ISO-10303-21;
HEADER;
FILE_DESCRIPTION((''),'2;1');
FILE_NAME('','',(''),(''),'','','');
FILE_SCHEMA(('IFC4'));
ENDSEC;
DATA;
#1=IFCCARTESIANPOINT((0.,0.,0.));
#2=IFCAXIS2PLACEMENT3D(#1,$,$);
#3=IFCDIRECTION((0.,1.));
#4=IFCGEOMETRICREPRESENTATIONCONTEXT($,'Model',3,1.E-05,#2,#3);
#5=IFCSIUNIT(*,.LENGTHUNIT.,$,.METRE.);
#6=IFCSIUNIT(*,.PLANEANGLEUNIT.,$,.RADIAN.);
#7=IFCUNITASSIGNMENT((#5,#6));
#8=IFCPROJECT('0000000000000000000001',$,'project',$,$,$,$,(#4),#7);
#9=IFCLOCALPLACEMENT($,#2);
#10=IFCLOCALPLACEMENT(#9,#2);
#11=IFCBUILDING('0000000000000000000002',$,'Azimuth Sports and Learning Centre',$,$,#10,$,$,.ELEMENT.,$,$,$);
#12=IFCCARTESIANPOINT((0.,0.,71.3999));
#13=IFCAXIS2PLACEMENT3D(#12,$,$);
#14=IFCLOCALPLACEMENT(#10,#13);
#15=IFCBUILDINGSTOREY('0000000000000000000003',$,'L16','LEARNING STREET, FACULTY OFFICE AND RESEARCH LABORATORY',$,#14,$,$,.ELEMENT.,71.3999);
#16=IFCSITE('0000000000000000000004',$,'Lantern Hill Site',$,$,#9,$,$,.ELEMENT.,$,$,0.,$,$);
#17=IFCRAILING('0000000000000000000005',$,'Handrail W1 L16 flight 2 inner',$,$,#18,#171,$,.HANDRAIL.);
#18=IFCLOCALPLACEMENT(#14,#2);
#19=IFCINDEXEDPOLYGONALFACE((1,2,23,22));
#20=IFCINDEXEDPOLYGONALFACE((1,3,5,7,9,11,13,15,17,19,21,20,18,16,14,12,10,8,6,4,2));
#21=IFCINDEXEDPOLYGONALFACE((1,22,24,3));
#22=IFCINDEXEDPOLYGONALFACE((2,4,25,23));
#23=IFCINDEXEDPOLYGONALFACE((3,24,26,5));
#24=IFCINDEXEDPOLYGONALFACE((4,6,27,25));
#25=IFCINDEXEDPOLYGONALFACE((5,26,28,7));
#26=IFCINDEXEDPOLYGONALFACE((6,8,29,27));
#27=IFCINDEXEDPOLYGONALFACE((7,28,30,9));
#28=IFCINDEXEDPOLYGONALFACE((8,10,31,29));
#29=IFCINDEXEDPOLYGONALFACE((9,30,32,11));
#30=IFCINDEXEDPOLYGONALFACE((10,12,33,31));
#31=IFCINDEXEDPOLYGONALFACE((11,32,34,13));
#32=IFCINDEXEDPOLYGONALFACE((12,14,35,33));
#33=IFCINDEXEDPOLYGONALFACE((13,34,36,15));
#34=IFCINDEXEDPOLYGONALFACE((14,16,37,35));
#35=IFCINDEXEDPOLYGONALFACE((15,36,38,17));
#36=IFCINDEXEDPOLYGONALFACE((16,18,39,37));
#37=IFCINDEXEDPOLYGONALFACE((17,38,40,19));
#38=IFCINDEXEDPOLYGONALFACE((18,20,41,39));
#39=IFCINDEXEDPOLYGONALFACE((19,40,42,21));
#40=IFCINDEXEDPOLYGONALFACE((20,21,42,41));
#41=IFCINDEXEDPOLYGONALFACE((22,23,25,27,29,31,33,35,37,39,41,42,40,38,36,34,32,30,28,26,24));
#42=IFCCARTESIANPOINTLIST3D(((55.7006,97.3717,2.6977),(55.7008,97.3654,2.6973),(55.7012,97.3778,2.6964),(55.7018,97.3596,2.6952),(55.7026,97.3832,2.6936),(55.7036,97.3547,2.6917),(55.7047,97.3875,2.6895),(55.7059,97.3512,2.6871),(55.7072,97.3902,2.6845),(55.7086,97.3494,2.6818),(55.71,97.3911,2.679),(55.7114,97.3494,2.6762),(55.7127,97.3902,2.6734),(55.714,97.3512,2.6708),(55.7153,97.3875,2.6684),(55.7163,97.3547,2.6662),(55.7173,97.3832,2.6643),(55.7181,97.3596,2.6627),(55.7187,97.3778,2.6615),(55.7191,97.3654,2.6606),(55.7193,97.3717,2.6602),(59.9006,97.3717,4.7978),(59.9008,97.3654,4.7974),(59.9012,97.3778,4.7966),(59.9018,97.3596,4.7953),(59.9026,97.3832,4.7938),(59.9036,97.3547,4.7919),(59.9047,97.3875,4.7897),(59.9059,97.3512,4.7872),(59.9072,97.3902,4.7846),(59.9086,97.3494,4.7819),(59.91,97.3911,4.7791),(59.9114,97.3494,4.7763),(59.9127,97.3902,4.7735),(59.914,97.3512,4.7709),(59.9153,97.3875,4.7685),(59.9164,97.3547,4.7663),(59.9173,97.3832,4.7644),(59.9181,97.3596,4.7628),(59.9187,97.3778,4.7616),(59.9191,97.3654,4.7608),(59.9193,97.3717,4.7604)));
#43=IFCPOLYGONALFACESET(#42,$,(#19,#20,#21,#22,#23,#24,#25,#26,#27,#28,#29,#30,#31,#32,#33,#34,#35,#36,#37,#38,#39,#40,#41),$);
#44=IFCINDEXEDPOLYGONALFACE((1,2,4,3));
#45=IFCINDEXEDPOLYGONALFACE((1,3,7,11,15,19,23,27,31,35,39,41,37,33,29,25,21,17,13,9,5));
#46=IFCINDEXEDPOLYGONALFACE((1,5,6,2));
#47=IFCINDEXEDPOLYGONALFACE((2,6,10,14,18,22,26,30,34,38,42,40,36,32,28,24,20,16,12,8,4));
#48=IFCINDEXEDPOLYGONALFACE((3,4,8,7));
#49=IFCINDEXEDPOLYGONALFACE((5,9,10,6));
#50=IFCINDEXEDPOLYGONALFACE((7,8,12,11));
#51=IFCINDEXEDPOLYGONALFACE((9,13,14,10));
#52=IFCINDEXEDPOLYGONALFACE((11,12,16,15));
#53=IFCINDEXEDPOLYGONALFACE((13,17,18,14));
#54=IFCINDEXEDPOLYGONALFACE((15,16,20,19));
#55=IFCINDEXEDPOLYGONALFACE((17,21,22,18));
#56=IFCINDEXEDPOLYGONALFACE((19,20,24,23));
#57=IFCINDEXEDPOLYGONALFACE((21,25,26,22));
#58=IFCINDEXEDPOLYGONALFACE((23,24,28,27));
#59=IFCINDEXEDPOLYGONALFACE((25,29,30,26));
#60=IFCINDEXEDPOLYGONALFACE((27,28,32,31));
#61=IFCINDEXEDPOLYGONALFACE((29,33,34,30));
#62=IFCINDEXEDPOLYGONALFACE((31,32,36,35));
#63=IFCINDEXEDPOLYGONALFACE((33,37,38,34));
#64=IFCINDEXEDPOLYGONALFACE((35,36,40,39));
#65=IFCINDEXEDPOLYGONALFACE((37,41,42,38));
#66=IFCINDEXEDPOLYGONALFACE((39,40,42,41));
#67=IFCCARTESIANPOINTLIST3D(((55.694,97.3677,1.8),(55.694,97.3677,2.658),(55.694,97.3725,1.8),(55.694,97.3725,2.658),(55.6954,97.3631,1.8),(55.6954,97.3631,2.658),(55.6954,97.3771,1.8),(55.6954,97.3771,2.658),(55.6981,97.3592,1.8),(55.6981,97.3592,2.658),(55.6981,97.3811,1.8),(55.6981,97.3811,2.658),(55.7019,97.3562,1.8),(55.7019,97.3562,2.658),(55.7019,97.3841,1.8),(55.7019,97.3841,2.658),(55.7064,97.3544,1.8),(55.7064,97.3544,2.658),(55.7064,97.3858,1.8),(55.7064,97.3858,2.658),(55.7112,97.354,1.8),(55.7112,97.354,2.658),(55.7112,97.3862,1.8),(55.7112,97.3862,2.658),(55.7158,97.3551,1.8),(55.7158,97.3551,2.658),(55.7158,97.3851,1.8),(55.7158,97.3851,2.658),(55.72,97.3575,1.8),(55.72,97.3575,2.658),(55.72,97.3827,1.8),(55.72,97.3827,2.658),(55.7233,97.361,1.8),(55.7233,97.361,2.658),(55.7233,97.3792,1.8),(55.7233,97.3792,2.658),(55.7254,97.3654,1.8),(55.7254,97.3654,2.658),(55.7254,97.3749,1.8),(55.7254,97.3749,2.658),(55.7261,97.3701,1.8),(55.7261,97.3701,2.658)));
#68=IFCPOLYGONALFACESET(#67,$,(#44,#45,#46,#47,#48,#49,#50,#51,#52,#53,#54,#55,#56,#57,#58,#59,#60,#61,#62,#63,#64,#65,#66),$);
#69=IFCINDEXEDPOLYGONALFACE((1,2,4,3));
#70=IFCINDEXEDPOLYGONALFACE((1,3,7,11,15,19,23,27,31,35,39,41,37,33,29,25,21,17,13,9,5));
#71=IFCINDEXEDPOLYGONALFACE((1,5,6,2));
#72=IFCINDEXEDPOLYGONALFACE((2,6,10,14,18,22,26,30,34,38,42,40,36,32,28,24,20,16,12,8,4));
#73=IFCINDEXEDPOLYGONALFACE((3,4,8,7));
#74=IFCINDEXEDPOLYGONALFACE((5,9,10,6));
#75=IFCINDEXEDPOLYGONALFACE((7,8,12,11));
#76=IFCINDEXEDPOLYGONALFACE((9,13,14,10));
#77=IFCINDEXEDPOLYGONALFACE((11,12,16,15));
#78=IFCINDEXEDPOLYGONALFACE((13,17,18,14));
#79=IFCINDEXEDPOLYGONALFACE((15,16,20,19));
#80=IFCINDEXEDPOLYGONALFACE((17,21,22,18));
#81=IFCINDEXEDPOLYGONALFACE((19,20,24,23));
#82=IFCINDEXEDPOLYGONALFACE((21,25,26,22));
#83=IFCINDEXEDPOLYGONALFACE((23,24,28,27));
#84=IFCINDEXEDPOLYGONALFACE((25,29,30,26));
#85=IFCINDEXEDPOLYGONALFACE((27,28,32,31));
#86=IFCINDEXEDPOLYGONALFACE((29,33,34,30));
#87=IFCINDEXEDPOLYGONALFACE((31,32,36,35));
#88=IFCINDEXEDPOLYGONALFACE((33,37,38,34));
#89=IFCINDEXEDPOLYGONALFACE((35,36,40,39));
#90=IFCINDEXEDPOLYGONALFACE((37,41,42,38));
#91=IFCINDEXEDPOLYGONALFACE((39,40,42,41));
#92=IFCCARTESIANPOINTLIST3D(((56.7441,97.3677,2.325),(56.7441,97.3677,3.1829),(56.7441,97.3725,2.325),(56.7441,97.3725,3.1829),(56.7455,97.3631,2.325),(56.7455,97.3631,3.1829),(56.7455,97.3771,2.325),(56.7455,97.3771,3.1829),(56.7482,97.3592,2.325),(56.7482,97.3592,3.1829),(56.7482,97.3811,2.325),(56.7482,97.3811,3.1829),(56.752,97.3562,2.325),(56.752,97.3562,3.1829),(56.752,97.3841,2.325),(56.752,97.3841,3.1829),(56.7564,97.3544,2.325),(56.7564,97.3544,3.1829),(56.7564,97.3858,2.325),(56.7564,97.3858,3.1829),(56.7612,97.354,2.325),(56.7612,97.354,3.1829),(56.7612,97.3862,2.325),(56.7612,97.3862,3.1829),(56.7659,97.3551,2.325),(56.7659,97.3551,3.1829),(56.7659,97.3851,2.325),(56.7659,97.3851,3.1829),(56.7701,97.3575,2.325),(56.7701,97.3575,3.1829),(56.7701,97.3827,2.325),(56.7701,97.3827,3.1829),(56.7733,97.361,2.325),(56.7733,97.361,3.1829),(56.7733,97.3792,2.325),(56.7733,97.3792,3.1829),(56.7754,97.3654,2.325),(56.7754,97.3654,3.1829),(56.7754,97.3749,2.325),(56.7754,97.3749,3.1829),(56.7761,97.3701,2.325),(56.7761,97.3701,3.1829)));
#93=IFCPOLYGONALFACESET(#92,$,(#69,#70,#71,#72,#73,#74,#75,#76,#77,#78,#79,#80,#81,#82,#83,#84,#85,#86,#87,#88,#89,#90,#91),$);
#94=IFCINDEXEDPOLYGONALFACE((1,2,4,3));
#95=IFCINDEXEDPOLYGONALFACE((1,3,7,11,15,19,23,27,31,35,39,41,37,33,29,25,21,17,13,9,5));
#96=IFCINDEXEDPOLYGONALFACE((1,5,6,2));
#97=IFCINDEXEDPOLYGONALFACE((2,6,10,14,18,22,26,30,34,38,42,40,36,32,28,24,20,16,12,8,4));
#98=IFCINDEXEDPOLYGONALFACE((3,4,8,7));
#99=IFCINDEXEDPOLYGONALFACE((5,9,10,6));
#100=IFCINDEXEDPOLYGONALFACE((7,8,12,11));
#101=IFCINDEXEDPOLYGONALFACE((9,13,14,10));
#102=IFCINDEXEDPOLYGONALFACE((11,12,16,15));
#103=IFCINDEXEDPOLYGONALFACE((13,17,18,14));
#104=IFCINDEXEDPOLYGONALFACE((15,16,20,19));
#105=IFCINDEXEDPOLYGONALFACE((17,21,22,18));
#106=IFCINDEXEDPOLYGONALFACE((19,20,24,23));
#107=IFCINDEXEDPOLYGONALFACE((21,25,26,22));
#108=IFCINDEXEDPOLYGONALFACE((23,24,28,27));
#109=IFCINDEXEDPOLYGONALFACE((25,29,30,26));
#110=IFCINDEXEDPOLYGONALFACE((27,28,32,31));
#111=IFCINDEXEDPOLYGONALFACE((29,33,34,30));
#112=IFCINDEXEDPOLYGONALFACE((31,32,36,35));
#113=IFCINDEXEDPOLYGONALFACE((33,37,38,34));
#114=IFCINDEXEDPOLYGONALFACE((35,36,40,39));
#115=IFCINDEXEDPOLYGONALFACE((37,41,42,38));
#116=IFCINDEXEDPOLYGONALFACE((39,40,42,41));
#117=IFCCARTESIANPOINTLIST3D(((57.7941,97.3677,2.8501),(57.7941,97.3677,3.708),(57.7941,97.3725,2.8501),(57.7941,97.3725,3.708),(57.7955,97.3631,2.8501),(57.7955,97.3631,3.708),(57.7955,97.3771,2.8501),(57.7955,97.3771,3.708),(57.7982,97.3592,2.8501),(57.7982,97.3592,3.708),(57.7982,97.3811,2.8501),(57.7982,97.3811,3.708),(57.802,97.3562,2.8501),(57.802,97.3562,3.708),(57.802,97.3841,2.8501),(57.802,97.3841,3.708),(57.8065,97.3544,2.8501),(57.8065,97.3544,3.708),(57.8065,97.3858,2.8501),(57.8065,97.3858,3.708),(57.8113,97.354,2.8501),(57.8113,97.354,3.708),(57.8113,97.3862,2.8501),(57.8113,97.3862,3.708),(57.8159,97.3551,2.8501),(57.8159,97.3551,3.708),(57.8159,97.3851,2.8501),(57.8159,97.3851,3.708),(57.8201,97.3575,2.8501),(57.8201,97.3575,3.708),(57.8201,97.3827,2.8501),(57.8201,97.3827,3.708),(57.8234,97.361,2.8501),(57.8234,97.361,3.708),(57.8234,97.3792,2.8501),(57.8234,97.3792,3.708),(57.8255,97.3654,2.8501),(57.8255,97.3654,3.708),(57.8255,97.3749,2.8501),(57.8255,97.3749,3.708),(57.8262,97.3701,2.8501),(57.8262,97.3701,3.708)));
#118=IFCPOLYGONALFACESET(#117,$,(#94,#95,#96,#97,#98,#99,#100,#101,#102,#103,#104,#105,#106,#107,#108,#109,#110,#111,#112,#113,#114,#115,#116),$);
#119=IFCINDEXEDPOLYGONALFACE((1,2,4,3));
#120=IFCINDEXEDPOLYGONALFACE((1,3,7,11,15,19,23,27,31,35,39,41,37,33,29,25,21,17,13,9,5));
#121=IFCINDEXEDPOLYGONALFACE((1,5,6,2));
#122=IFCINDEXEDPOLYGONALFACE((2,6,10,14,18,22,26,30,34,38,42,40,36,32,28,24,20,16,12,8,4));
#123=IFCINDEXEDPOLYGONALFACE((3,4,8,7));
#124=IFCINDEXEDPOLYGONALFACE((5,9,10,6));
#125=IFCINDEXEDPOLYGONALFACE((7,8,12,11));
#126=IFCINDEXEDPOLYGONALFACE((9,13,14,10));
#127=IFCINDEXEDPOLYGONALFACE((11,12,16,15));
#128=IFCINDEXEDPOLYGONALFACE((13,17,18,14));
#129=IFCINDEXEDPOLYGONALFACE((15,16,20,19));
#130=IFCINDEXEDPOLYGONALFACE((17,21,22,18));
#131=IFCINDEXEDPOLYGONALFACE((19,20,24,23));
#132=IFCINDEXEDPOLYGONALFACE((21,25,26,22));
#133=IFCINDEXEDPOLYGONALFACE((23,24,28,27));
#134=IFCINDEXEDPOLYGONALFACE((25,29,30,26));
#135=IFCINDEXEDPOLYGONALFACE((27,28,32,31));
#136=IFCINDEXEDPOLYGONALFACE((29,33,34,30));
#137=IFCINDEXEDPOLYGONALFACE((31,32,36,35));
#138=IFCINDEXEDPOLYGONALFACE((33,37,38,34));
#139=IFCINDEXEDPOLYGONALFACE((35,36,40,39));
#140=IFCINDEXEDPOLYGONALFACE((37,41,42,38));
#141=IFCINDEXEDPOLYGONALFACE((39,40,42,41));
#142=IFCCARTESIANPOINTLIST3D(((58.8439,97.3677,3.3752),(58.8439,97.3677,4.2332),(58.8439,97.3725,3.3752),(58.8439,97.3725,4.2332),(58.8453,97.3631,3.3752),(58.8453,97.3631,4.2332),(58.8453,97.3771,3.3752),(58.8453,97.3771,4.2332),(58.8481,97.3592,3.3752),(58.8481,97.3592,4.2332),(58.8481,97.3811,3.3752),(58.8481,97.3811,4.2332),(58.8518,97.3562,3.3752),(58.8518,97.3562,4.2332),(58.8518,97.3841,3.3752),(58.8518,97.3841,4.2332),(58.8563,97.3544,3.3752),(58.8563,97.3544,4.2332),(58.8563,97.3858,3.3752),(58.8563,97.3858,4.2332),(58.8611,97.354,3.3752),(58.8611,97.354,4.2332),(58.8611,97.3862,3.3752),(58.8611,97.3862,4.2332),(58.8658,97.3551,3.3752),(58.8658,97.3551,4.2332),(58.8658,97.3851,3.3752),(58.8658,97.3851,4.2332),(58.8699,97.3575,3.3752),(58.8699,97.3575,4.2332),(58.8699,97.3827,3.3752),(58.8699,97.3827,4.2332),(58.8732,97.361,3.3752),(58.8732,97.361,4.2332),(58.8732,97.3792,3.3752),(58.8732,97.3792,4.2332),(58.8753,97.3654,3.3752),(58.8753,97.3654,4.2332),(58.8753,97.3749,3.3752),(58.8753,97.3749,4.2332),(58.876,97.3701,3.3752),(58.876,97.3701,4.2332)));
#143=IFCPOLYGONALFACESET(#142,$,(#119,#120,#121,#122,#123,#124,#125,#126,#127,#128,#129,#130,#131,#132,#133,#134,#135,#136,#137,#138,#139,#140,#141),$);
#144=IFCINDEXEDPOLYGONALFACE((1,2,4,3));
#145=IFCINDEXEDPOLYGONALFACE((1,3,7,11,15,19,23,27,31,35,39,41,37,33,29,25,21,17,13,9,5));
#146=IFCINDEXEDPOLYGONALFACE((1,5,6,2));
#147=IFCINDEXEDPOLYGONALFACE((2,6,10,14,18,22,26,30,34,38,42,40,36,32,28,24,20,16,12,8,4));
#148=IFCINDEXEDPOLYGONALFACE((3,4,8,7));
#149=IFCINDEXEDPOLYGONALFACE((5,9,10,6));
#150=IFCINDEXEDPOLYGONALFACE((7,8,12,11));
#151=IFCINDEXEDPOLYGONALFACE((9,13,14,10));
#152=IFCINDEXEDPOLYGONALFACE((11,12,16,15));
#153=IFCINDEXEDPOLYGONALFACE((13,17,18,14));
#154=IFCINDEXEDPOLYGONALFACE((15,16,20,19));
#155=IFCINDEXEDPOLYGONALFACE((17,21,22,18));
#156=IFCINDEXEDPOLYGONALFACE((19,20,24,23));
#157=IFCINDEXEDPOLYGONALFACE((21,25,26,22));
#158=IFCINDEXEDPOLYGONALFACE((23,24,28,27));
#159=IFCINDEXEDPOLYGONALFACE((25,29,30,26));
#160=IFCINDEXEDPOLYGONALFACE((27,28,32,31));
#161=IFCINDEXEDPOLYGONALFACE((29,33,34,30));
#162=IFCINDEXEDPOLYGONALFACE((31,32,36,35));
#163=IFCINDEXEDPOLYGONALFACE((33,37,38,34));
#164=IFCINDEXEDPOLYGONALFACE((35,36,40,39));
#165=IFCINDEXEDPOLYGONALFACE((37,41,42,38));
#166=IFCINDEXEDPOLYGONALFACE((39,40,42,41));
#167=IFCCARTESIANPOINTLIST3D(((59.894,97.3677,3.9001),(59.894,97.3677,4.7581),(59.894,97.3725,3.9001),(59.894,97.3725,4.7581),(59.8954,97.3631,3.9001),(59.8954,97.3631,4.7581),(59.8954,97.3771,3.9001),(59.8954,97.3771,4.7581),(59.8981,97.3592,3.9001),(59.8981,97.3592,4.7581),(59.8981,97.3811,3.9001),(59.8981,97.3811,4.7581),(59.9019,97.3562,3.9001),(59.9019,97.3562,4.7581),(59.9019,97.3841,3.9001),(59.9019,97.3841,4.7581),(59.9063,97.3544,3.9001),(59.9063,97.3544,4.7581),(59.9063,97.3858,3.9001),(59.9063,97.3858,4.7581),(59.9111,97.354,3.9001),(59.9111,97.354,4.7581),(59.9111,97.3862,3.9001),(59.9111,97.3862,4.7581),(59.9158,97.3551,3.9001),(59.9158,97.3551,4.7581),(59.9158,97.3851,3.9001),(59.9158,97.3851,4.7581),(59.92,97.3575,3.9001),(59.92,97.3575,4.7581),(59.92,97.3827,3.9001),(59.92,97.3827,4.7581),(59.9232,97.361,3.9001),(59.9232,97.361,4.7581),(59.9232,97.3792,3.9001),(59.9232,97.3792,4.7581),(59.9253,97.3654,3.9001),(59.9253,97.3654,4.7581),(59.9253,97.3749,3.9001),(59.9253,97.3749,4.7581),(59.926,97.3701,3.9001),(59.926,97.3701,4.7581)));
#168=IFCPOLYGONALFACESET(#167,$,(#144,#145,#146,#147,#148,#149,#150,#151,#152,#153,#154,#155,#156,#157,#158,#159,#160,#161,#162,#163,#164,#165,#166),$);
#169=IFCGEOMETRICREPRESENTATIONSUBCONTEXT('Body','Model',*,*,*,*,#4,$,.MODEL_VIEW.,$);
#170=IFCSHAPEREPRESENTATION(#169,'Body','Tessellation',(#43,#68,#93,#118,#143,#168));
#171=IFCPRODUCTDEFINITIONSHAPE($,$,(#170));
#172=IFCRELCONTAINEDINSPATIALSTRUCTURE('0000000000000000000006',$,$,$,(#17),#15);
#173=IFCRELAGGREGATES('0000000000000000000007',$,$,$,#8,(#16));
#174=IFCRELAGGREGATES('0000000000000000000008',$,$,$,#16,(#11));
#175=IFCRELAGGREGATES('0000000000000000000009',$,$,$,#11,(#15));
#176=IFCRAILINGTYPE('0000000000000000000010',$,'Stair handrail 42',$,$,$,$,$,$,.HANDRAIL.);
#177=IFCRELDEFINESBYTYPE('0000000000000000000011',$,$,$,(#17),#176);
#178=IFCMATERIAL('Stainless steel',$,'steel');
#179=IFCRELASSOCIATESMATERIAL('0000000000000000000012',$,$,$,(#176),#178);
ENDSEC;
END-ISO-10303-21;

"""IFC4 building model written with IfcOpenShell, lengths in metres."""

from ifc_helpers import new_model, si_unit, direction, frame, origin, origin_2d, place, context, subcontext, project, spatial, circle, extrude, material, type_object, element, save


model = new_model("IFC4")

# Units and contexts
model_context = context("Model", 3, precision=1e-05, world=origin(), true_north=direction((0.0, 1.0)))
body_context = subcontext(model_context, "Body", "Model", "MODEL_VIEW")
ifc_project = project(units=[si_unit("LENGTHUNIT", "METRE"), si_unit("PLANEANGLEUNIT", "RADIAN")], contexts=[model_context])

# Site, building, storey
site_placement = place(None, origin())
site = spatial("IfcSite", under=ifc_project, at=site_placement, Name="Lantern Hill Site", CompositionType="ELEMENT", RefElevation=0.0)
building_placement = place(site_placement, origin())
building = spatial("IfcBuilding", under=site, at=building_placement, Name="Azimuth Sports and Learning Centre", CompositionType="ELEMENT")
storey_placement = place(building_placement, frame((0.0, 0.0, 71.3999)))
storey = spatial("IfcBuildingStorey", under=building, at=storey_placement, Name="L16", Description="LEARNING STREET, FACULTY OFFICE AND RESEARCH LABORATORY", CompositionType="ELEMENT", Elevation=71.3999)

# Railing
ifc_material_1 = material(Name="Stainless steel", Category="steel")
railing_type_1 = type_object("IfcRailingType", Name="Stair handrail 42", PredefinedType="HANDRAIL", material=ifc_material_1)
for number, where, name in (
    (1, (55.71, 97.3701, 1.8), "Handrail W1 L16 flight 2 inner"),
):
    element("IfcRailing", number, at=place(storey_placement, frame(where)), inside=storey, type_object=railing_type_1, Name=name, PredefinedType="HANDRAIL", context=body_context, shape_type="SweptSolid", body=[
        extrude(circle(Radius=0.021, at=origin_2d()), frame((0.0, 0.0, 0.8789), z_axis=(0.894417, 0.0, 0.447234), x_axis=(0.0, 1.0, 0.0)), (0.0, 0.0, 1.0), 4.6958),
        extrude(circle(Radius=0.0161, at=origin_2d()), origin(), (0.0, 0.0, 1.0), 0.8579),
        extrude(circle(Radius=0.0161, at=origin_2d()), frame((1.05, 0.0, 0.5249)), (0.0, 0.0, 1.0), 0.8579),
        extrude(circle(Radius=0.0161, at=origin_2d()), frame((2.1001, 0.0, 1.05)), (0.0, 0.0, 1.0), 0.8579),
        extrude(circle(Radius=0.0161, at=origin_2d()), frame((3.1499, 0.0, 1.5752)), (0.0, 0.0, 1.0), 0.8579),
        extrude(circle(Radius=0.0161, at=origin_2d()), frame((4.2, 0.0, 2.1001)), (0.0, 0.0, 1.0), 0.8579),
    ])

save(model, "model.ifc")
